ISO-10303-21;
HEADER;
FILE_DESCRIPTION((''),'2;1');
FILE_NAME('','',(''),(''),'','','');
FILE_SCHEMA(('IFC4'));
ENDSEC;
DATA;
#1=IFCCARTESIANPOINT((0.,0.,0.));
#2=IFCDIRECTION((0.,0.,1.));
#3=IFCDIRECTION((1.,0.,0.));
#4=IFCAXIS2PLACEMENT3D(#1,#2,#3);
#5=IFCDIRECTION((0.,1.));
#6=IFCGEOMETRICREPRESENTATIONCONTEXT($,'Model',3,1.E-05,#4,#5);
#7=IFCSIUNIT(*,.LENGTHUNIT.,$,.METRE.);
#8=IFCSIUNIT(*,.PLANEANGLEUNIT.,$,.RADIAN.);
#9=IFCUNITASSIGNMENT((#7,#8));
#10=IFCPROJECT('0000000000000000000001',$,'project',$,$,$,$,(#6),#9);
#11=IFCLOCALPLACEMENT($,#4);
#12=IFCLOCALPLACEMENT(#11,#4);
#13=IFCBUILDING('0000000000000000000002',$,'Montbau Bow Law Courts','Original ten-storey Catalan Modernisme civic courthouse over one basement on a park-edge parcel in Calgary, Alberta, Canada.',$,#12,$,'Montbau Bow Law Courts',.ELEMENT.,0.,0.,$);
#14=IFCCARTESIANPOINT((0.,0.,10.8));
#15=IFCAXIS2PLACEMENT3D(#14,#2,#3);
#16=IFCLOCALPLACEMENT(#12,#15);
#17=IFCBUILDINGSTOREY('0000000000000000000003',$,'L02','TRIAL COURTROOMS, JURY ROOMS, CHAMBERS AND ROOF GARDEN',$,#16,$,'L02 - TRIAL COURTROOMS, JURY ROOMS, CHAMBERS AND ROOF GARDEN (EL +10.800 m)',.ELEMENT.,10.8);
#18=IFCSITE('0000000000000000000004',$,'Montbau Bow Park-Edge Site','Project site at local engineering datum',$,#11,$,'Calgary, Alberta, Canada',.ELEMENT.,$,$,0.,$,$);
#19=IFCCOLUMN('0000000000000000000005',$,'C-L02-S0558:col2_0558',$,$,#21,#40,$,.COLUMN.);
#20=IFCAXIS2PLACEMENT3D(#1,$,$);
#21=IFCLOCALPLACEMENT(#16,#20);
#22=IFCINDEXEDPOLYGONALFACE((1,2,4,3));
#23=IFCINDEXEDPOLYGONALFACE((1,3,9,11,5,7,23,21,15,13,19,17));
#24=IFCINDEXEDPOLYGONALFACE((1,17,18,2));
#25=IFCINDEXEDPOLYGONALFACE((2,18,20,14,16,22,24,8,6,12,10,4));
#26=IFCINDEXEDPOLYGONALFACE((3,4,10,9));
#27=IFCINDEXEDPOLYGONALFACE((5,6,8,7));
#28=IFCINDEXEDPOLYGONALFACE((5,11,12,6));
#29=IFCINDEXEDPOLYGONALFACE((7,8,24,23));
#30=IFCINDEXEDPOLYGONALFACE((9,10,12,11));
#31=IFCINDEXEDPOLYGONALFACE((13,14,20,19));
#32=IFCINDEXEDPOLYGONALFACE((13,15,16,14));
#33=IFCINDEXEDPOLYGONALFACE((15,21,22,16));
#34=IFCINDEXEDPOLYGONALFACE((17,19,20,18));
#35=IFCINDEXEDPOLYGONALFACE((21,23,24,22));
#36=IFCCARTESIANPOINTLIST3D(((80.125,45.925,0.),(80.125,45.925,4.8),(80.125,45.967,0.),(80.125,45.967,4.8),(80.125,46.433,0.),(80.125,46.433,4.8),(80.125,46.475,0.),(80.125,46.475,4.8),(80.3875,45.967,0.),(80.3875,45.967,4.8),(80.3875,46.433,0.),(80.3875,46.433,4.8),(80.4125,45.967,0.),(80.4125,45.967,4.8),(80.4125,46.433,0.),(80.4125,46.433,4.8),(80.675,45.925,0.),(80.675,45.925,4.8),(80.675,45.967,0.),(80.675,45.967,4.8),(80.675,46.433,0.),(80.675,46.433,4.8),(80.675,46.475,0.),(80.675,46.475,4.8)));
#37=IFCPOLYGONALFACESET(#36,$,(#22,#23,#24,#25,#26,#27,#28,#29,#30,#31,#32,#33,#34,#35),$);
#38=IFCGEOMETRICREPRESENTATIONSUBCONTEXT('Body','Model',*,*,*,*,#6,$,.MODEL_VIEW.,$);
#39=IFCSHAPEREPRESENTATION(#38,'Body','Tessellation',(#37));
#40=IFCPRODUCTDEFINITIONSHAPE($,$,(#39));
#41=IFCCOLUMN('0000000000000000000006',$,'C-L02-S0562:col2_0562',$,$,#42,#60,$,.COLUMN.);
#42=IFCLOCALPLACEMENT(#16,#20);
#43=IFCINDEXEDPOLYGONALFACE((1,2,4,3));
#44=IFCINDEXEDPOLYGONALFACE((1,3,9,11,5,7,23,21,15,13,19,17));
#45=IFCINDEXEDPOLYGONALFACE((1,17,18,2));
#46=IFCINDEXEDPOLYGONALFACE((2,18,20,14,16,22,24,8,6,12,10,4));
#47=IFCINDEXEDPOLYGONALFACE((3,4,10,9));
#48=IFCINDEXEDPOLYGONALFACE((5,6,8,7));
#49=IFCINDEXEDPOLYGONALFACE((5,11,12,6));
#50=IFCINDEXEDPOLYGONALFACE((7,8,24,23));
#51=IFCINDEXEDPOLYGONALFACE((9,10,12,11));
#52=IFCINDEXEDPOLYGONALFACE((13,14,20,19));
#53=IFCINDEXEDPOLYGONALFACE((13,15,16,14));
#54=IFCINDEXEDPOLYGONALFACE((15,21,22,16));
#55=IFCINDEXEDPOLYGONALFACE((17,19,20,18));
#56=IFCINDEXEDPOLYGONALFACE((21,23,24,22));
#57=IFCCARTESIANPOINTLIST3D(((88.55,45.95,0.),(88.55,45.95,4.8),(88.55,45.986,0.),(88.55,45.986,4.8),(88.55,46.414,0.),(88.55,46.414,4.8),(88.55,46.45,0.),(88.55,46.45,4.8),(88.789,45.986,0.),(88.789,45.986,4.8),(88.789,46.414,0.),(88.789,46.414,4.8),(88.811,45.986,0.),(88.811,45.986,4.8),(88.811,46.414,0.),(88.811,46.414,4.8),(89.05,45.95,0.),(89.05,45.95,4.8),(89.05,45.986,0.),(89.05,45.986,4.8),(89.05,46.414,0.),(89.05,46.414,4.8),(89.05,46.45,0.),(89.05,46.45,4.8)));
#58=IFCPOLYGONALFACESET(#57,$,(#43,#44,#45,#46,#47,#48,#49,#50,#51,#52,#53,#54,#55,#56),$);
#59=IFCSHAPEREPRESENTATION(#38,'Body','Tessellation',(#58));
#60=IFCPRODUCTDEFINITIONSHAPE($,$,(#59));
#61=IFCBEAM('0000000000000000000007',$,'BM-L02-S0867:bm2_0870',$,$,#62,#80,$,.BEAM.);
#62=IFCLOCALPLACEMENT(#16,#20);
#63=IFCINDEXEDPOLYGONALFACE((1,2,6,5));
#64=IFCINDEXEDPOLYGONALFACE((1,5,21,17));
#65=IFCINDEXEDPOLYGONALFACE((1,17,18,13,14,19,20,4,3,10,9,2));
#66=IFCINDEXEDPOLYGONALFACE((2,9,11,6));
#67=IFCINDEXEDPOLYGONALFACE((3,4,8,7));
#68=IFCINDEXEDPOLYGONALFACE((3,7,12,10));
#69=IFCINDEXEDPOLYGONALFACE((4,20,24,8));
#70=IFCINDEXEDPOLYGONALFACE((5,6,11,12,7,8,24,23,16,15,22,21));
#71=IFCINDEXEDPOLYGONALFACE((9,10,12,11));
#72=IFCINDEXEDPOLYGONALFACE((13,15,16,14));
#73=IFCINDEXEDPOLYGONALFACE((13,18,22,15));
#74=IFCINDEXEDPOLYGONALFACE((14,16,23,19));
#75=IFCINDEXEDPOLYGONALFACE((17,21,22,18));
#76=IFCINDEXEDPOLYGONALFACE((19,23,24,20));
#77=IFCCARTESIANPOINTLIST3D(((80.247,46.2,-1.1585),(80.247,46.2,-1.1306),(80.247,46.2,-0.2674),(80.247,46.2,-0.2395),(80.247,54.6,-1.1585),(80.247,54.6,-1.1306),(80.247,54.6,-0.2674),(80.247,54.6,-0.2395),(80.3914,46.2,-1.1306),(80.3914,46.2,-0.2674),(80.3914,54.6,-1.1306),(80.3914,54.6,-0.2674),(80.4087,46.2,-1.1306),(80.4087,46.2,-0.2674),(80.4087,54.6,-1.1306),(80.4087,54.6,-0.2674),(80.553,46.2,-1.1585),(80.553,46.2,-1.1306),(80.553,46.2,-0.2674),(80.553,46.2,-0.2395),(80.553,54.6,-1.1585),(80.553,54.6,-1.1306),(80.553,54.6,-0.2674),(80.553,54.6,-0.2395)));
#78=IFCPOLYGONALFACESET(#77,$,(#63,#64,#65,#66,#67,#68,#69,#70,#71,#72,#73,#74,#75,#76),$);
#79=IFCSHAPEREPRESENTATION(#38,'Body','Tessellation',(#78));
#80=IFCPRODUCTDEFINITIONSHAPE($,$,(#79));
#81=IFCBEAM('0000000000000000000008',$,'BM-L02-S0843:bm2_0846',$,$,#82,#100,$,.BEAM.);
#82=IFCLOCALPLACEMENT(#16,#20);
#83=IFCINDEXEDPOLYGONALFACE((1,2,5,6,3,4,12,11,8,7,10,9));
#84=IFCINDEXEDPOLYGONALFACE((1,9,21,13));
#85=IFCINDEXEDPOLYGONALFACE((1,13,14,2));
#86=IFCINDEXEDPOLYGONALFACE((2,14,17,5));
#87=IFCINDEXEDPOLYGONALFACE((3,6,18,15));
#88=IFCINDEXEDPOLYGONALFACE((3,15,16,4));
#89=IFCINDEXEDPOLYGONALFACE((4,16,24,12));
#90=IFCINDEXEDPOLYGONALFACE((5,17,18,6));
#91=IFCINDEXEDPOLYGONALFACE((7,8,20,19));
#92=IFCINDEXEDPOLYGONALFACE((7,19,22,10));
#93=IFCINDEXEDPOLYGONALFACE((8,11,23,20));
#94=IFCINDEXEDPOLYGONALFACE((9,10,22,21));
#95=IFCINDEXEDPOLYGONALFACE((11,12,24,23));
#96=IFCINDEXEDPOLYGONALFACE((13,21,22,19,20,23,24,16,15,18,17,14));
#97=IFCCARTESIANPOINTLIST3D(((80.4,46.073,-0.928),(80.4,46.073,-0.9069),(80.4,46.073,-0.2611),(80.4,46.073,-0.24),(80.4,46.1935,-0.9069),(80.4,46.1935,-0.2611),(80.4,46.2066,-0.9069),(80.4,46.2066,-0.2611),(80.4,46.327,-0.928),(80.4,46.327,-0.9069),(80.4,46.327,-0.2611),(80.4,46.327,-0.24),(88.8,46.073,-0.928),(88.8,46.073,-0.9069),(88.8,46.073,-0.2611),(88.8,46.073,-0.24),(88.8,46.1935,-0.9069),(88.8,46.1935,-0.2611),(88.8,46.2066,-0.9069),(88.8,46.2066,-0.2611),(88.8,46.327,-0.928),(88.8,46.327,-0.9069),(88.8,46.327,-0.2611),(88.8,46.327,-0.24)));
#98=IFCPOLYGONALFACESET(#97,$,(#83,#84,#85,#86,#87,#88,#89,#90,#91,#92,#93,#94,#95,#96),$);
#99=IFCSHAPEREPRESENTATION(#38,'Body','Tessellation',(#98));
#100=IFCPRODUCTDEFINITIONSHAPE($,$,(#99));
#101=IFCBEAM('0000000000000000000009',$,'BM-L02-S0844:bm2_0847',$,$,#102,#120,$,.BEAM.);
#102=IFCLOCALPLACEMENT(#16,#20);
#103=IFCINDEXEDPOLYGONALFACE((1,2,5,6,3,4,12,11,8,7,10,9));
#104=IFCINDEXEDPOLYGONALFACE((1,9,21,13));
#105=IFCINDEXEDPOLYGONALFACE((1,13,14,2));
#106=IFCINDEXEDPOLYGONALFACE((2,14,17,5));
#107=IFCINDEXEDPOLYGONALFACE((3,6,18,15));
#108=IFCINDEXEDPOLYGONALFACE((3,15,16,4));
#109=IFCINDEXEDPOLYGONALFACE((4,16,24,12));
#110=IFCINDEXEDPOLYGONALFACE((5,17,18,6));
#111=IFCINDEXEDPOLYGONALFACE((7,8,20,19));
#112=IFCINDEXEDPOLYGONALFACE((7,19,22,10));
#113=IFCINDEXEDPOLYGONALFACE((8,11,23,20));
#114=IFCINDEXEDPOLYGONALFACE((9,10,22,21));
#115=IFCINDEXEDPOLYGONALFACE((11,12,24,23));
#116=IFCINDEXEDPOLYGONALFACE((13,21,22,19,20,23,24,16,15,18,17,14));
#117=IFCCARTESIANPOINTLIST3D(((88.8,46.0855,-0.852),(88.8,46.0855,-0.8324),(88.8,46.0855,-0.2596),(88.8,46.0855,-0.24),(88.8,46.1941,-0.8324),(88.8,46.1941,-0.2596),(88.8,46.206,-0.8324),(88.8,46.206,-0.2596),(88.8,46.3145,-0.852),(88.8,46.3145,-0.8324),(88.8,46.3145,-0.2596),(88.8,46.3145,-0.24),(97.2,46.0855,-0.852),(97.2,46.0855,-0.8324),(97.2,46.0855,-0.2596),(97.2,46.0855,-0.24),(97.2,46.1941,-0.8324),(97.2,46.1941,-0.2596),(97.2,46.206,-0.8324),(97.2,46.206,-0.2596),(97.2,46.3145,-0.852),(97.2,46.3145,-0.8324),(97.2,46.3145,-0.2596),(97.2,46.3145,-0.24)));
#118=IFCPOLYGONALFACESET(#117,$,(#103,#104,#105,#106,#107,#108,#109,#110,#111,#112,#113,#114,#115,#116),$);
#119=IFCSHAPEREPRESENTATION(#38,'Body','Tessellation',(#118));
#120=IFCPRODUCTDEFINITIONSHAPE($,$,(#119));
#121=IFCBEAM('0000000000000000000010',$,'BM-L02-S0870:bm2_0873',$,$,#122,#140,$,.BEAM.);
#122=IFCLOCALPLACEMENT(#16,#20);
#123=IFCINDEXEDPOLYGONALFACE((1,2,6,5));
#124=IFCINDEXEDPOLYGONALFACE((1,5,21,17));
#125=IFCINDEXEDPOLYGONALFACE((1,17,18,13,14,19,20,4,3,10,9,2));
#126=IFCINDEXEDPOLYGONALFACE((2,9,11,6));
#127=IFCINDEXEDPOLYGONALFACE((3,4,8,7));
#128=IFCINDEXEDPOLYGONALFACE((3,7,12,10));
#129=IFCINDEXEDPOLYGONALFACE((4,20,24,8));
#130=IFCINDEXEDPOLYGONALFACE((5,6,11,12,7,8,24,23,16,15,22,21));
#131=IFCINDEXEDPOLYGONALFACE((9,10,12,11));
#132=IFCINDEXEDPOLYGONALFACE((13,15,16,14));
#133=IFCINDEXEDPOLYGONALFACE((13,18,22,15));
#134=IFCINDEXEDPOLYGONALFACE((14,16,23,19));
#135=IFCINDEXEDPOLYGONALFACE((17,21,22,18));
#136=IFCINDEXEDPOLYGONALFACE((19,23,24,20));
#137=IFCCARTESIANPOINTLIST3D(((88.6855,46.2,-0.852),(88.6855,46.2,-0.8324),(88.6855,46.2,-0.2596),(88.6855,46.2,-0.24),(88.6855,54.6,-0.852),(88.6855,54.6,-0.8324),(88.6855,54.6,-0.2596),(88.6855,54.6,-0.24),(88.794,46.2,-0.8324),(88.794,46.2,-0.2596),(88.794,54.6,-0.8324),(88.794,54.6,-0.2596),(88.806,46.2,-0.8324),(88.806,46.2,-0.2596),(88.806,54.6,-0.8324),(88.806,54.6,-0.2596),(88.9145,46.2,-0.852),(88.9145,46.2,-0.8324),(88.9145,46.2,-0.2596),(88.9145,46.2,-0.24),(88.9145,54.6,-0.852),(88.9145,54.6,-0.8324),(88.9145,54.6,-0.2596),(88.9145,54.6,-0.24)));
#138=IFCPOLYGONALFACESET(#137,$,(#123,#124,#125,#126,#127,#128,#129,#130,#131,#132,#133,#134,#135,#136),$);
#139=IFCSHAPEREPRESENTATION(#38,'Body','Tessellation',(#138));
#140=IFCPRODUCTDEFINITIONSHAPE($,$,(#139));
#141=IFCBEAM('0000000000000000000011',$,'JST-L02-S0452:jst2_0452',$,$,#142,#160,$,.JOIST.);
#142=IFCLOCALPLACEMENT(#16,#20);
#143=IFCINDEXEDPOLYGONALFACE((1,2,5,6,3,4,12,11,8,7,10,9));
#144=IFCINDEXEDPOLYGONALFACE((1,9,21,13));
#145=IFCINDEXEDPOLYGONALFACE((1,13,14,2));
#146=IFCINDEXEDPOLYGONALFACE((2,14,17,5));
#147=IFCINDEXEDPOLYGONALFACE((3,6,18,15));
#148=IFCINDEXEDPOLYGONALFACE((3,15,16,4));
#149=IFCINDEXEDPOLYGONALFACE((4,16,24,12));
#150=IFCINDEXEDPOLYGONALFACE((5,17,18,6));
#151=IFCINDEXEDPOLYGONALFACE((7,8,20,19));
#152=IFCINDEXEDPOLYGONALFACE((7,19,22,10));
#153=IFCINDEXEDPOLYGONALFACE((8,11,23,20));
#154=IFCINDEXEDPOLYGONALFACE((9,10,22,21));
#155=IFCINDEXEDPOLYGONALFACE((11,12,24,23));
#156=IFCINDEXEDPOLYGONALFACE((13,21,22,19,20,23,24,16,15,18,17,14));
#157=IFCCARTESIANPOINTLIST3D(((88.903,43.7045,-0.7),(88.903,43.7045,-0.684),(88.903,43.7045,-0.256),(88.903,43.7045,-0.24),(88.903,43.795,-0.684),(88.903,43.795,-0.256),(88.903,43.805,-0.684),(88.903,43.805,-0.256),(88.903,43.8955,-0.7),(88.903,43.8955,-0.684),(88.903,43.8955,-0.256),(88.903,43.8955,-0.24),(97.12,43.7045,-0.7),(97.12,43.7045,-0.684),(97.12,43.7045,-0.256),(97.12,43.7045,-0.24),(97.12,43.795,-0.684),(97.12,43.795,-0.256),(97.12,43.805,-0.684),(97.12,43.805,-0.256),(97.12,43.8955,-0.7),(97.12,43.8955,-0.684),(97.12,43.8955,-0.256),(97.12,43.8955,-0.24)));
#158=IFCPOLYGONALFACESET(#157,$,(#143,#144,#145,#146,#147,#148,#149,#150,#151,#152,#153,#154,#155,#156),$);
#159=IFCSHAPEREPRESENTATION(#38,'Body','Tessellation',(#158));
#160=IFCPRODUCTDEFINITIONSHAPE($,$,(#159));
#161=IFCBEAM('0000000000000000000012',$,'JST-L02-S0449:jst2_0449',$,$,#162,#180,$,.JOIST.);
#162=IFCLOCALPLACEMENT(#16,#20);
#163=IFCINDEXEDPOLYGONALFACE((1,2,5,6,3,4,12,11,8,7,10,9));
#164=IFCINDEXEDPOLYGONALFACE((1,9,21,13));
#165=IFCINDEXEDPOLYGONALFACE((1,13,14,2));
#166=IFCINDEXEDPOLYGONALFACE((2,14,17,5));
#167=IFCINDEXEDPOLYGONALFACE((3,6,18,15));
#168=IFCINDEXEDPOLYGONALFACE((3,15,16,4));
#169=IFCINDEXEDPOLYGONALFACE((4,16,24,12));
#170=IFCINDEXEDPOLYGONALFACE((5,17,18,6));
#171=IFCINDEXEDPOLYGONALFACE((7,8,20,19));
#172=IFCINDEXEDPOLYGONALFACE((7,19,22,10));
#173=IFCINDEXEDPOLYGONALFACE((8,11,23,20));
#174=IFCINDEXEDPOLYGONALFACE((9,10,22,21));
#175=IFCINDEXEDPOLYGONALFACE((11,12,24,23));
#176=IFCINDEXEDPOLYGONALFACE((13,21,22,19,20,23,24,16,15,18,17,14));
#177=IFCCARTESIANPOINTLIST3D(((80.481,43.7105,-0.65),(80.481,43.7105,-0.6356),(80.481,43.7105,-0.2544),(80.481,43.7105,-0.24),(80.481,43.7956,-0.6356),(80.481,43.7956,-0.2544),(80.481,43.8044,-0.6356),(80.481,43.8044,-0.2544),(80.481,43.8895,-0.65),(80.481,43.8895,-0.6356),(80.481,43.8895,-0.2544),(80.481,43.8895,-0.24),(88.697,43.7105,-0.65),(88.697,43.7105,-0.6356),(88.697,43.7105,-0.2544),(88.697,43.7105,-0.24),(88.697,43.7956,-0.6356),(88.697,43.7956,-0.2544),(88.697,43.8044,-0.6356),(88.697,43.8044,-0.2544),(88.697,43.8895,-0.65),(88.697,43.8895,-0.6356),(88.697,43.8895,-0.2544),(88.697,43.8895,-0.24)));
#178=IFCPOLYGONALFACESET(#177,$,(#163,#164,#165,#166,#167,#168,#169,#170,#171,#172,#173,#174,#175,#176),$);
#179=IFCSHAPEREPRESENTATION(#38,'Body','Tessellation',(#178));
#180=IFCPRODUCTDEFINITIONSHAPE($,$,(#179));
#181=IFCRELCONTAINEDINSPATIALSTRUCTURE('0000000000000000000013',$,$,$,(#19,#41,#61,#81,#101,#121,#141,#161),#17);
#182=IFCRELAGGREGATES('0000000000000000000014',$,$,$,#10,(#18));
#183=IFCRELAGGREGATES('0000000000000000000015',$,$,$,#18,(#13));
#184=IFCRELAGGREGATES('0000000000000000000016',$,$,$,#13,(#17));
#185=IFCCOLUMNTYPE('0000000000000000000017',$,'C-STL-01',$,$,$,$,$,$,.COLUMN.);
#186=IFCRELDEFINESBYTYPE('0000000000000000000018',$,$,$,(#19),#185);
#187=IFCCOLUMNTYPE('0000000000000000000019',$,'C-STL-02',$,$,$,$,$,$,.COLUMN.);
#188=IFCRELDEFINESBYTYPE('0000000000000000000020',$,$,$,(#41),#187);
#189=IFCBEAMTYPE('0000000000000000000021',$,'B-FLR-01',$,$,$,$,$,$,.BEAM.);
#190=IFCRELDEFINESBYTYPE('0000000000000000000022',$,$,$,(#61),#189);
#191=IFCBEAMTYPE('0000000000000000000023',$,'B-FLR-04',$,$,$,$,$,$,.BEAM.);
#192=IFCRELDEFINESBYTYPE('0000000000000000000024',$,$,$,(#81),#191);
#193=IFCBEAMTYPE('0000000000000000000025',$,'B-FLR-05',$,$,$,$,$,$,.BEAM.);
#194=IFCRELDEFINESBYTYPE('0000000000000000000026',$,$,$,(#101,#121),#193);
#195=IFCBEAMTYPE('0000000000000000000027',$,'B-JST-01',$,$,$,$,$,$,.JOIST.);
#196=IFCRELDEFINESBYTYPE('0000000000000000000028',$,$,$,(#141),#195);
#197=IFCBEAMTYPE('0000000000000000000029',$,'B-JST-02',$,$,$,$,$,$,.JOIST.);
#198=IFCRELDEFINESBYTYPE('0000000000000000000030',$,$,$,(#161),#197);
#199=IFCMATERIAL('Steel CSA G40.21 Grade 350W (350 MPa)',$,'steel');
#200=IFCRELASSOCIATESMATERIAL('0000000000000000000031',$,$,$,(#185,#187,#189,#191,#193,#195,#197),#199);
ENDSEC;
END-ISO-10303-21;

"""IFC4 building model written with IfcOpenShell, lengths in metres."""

from ifc_helpers import new_model, si_unit, direction, frame, origin_with_axes, origin_2d_with_axis, place, context, subcontext, project, spatial, i_section, extrude, material, material_profile, profile_set, type_object, element, save


model = new_model("IFC4")

# Units and contexts
model_context = context("Model", 3, precision=1e-05, world=origin_with_axes(), true_north=direction((0.0, 1.0)))
body_context = subcontext(model_context, "Body", "Model", "MODEL_VIEW")
ifc_project = project(units=[si_unit("LENGTHUNIT", "METRE"), si_unit("PLANEANGLEUNIT", "RADIAN")], contexts=[model_context])

# Site, building, storey
site_placement = place(None, origin_with_axes())
site = spatial("IfcSite", under=ifc_project, at=site_placement, Name="Montbau Bow Park-Edge Site", Description="Project site at local engineering datum", LongName="Calgary, Alberta, Canada", CompositionType="ELEMENT", RefElevation=0.0)
building_placement = place(site_placement, origin_with_axes())
building = spatial("IfcBuilding", under=site, at=building_placement, Name="Montbau Bow Law Courts", Description="Original ten-storey Catalan Modernisme civic courthouse over one basement on a park-edge parcel in Calgary, Alberta, Canada.", LongName="Montbau Bow Law Courts", CompositionType="ELEMENT", ElevationOfRefHeight=0.0, ElevationOfTerrain=0.0)
storey_placement = place(building_placement, frame((0.0, 0.0, 10.8), z_axis=(0.0, 0.0, 1.0), x_axis=(1.0, 0.0, 0.0)))
storey = spatial("IfcBuildingStorey", under=building, at=storey_placement, Name="L02", Description="TRIAL COURTROOMS, JURY ROOMS, CHAMBERS AND ROOF GARDEN", LongName="L02 - TRIAL COURTROOMS, JURY ROOMS, CHAMBERS AND ROOF GARDEN (EL +10.800 m)", CompositionType="ELEMENT", Elevation=10.8)

# Columns
ifc_material_1 = material(Name="Steel CSA G40.21 Grade 350W (350 MPa)", Category="steel")
ifc_material_profile_1 = material_profile(ifc_material_1, i_section(OverallWidth=0.55, OverallDepth=0.55, WebThickness=0.025, FlangeThickness=0.042, at=origin_2d_with_axis()), Name="WWF550X420", Category="Main", Priority=0)
ifc_profile_set_1 = profile_set([ifc_material_profile_1], Name="Steel CSA G40.21 Grade 350W (350 MPa)")
column_type_1 = type_object("IfcColumnType", Name="C-STL-01", PredefinedType="COLUMN", material=ifc_profile_set_1)
column_1_placement = place(None, frame((80.4, 46.2, 10.8), z_axis=(0.0, 0.0, 1.0), x_axis=(1.0, 0.0, 0.0)))
element("IfcColumn", 1, at=column_1_placement, inside=storey, type_object=column_type_1, Name="C-L02-S0558:col2_0558", PredefinedType="COLUMN", context=body_context, shape_type="SweptSolid", body=[
    extrude(i_section(OverallWidth=0.55, OverallDepth=0.55, WebThickness=0.025, FlangeThickness=0.042, at=origin_2d_with_axis()), origin_with_axes(), (0.0, 0.0, 1.0), 4.8),
])
ifc_material_profile_2 = material_profile(ifc_material_1, i_section(OverallWidth=0.5, OverallDepth=0.5, WebThickness=0.022, FlangeThickness=0.036, at=origin_2d_with_axis()), Name="WWF500X343", Category="Main", Priority=0)
ifc_profile_set_2 = profile_set([ifc_material_profile_2], Name="Steel CSA G40.21 Grade 350W (350 MPa)")
column_type_2 = type_object("IfcColumnType", Name="C-STL-02", PredefinedType="COLUMN", material=ifc_profile_set_2)
column_2_placement = place(None, frame((88.8, 46.2, 10.8), z_axis=(0.0, 0.0, 1.0), x_axis=(1.0, 0.0, 0.0)))
element("IfcColumn", 2, at=column_2_placement, inside=storey, type_object=column_type_2, Name="C-L02-S0562:col2_0562", PredefinedType="COLUMN", context=body_context, shape_type="SweptSolid", body=[
    extrude(i_section(OverallWidth=0.5, OverallDepth=0.5, WebThickness=0.022, FlangeThickness=0.036, at=origin_2d_with_axis()), origin_with_axes(), (0.0, 0.0, 1.0), 4.8),
])

# Beams
ifc_material_profile_3 = material_profile(ifc_material_1, i_section(OverallWidth=0.306, OverallDepth=0.919, WebThickness=0.0173, FlangeThickness=0.0279, at=origin_2d_with_axis()), Name="W920X253", Category="Main", Priority=0)
ifc_profile_set_3 = profile_set([ifc_material_profile_3], Name="Steel CSA G40.21 Grade 350W (350 MPa)")
beam_type_1 = type_object("IfcBeamType", Name="B-FLR-01", PredefinedType="BEAM", material=ifc_profile_set_3)
beam_1_placement = place(None, frame((80.4, 46.2, 10.101), z_axis=(0.0, 1.0, 0.0), x_axis=(-1.0, 0.0, 0.0)))
element("IfcBeam", 3, at=beam_1_placement, inside=storey, type_object=beam_type_1, Name="BM-L02-S0867:bm2_0870", PredefinedType="BEAM", context=body_context, shape_type="SweptSolid", body=[
    extrude(i_section(OverallWidth=0.306, OverallDepth=0.919, WebThickness=0.0173, FlangeThickness=0.0279, at=origin_2d_with_axis()), origin_with_axes(), (0.0, 0.0, 1.0), 8.4),
])
ifc_material_profile_4 = material_profile(ifc_material_1, i_section(OverallWidth=0.254, OverallDepth=0.688, WebThickness=0.0131, FlangeThickness=0.0211, at=origin_2d_with_axis()), Name="W690X152", Category="Main", Priority=0)
ifc_profile_set_4 = profile_set([ifc_material_profile_4], Name="Steel CSA G40.21 Grade 350W (350 MPa)")
beam_type_2 = type_object("IfcBeamType", Name="B-FLR-04", PredefinedType="BEAM", material=ifc_profile_set_4)
beam_2_placement = place(None, frame((80.4, 46.2, 10.216), z_axis=(1.0, 0.0, 0.0), x_axis=(0.0, 1.0, 0.0)))
element("IfcBeam", 4, at=beam_2_placement, inside=storey, type_object=beam_type_2, Name="BM-L02-S0843:bm2_0846", PredefinedType="BEAM", context=body_context, shape_type="SweptSolid", body=[
    extrude(i_section(OverallWidth=0.254, OverallDepth=0.688, WebThickness=0.0131, FlangeThickness=0.0211, at=origin_2d_with_axis()), origin_with_axes(), (0.0, 0.0, 1.0), 8.4),
])
ifc_material_profile_5 = material_profile(ifc_material_1, i_section(OverallWidth=0.229, OverallDepth=0.612, WebThickness=0.0119, FlangeThickness=0.0196, at=origin_2d_with_axis()), Name="W610X125", Category="Main", Priority=0)
ifc_profile_set_5 = profile_set([ifc_material_profile_5], Name="Steel CSA G40.21 Grade 350W (350 MPa)")
beam_type_3 = type_object("IfcBeamType", Name="B-FLR-05", PredefinedType="BEAM", material=ifc_profile_set_5)
for number, where, z_axis, x_axis, name in (
    (5, (88.8, 46.2, 10.254), (1.0, 0.0, 0.0), (0.0, 1.0, 0.0), "BM-L02-S0844:bm2_0847"),
    (6, (88.8, 46.2, 10.254), (0.0, 1.0, 0.0), (-1.0, 0.0, 0.0), "BM-L02-S0870:bm2_0873"),
):
    element("IfcBeam", number, at=place(None, frame(where, z_axis=z_axis, x_axis=x_axis)), inside=storey, type_object=beam_type_3, Name=name, PredefinedType="BEAM", context=body_context, shape_type="SweptSolid", body=[
        extrude(i_section(OverallWidth=0.229, OverallDepth=0.612, WebThickness=0.0119, FlangeThickness=0.0196, at=origin_2d_with_axis()), origin_with_axes(), (0.0, 0.0, 1.0), 8.4),
    ])
ifc_material_profile_6 = material_profile(ifc_material_1, i_section(OverallWidth=0.191, OverallDepth=0.46, WebThickness=0.0099, FlangeThickness=0.016, at=origin_2d_with_axis()), Name="W460X82", Category="Main", Priority=0)
ifc_profile_set_6 = profile_set([ifc_material_profile_6], Name="Steel CSA G40.21 Grade 350W (350 MPa)")
beam_type_4 = type_object("IfcBeamType", Name="B-JST-01", PredefinedType="JOIST", material=ifc_profile_set_6)
beam_3_placement = place(None, frame((88.903, 43.8, 10.33), z_axis=(1.0, 0.0, 0.0), x_axis=(0.0, 1.0, 0.0)))
element("IfcBeam", 7, at=beam_3_placement, inside=storey, type_object=beam_type_4, Name="JST-L02-S0452:jst2_0452", PredefinedType="JOIST", context=body_context, shape_type="SweptSolid", body=[
    extrude(i_section(OverallWidth=0.191, OverallDepth=0.46, WebThickness=0.0099, FlangeThickness=0.016, at=origin_2d_with_axis()), origin_with_axes(), (0.0, 0.0, 1.0), 8.217),
])
ifc_material_profile_7 = material_profile(ifc_material_1, i_section(OverallWidth=0.179, OverallDepth=0.41, WebThickness=0.0088, FlangeThickness=0.0144, at=origin_2d_with_axis()), Name="W410X67", Category="Main", Priority=0)
ifc_profile_set_7 = profile_set([ifc_material_profile_7], Name="Steel CSA G40.21 Grade 350W (350 MPa)")
beam_type_5 = type_object("IfcBeamType", Name="B-JST-02", PredefinedType="JOIST", material=ifc_profile_set_7)
beam_4_placement = place(None, frame((80.481, 43.8, 10.355), z_axis=(1.0, 0.0, 0.0), x_axis=(0.0, 1.0, 0.0)))
element("IfcBeam", 8, at=beam_4_placement, inside=storey, type_object=beam_type_5, Name="JST-L02-S0449:jst2_0449", PredefinedType="JOIST", context=body_context, shape_type="SweptSolid", body=[
    extrude(i_section(OverallWidth=0.179, OverallDepth=0.41, WebThickness=0.0088, FlangeThickness=0.0144, at=origin_2d_with_axis()), origin_with_axes(), (0.0, 0.0, 1.0), 8.216),
])

save(model, "model.ifc")
